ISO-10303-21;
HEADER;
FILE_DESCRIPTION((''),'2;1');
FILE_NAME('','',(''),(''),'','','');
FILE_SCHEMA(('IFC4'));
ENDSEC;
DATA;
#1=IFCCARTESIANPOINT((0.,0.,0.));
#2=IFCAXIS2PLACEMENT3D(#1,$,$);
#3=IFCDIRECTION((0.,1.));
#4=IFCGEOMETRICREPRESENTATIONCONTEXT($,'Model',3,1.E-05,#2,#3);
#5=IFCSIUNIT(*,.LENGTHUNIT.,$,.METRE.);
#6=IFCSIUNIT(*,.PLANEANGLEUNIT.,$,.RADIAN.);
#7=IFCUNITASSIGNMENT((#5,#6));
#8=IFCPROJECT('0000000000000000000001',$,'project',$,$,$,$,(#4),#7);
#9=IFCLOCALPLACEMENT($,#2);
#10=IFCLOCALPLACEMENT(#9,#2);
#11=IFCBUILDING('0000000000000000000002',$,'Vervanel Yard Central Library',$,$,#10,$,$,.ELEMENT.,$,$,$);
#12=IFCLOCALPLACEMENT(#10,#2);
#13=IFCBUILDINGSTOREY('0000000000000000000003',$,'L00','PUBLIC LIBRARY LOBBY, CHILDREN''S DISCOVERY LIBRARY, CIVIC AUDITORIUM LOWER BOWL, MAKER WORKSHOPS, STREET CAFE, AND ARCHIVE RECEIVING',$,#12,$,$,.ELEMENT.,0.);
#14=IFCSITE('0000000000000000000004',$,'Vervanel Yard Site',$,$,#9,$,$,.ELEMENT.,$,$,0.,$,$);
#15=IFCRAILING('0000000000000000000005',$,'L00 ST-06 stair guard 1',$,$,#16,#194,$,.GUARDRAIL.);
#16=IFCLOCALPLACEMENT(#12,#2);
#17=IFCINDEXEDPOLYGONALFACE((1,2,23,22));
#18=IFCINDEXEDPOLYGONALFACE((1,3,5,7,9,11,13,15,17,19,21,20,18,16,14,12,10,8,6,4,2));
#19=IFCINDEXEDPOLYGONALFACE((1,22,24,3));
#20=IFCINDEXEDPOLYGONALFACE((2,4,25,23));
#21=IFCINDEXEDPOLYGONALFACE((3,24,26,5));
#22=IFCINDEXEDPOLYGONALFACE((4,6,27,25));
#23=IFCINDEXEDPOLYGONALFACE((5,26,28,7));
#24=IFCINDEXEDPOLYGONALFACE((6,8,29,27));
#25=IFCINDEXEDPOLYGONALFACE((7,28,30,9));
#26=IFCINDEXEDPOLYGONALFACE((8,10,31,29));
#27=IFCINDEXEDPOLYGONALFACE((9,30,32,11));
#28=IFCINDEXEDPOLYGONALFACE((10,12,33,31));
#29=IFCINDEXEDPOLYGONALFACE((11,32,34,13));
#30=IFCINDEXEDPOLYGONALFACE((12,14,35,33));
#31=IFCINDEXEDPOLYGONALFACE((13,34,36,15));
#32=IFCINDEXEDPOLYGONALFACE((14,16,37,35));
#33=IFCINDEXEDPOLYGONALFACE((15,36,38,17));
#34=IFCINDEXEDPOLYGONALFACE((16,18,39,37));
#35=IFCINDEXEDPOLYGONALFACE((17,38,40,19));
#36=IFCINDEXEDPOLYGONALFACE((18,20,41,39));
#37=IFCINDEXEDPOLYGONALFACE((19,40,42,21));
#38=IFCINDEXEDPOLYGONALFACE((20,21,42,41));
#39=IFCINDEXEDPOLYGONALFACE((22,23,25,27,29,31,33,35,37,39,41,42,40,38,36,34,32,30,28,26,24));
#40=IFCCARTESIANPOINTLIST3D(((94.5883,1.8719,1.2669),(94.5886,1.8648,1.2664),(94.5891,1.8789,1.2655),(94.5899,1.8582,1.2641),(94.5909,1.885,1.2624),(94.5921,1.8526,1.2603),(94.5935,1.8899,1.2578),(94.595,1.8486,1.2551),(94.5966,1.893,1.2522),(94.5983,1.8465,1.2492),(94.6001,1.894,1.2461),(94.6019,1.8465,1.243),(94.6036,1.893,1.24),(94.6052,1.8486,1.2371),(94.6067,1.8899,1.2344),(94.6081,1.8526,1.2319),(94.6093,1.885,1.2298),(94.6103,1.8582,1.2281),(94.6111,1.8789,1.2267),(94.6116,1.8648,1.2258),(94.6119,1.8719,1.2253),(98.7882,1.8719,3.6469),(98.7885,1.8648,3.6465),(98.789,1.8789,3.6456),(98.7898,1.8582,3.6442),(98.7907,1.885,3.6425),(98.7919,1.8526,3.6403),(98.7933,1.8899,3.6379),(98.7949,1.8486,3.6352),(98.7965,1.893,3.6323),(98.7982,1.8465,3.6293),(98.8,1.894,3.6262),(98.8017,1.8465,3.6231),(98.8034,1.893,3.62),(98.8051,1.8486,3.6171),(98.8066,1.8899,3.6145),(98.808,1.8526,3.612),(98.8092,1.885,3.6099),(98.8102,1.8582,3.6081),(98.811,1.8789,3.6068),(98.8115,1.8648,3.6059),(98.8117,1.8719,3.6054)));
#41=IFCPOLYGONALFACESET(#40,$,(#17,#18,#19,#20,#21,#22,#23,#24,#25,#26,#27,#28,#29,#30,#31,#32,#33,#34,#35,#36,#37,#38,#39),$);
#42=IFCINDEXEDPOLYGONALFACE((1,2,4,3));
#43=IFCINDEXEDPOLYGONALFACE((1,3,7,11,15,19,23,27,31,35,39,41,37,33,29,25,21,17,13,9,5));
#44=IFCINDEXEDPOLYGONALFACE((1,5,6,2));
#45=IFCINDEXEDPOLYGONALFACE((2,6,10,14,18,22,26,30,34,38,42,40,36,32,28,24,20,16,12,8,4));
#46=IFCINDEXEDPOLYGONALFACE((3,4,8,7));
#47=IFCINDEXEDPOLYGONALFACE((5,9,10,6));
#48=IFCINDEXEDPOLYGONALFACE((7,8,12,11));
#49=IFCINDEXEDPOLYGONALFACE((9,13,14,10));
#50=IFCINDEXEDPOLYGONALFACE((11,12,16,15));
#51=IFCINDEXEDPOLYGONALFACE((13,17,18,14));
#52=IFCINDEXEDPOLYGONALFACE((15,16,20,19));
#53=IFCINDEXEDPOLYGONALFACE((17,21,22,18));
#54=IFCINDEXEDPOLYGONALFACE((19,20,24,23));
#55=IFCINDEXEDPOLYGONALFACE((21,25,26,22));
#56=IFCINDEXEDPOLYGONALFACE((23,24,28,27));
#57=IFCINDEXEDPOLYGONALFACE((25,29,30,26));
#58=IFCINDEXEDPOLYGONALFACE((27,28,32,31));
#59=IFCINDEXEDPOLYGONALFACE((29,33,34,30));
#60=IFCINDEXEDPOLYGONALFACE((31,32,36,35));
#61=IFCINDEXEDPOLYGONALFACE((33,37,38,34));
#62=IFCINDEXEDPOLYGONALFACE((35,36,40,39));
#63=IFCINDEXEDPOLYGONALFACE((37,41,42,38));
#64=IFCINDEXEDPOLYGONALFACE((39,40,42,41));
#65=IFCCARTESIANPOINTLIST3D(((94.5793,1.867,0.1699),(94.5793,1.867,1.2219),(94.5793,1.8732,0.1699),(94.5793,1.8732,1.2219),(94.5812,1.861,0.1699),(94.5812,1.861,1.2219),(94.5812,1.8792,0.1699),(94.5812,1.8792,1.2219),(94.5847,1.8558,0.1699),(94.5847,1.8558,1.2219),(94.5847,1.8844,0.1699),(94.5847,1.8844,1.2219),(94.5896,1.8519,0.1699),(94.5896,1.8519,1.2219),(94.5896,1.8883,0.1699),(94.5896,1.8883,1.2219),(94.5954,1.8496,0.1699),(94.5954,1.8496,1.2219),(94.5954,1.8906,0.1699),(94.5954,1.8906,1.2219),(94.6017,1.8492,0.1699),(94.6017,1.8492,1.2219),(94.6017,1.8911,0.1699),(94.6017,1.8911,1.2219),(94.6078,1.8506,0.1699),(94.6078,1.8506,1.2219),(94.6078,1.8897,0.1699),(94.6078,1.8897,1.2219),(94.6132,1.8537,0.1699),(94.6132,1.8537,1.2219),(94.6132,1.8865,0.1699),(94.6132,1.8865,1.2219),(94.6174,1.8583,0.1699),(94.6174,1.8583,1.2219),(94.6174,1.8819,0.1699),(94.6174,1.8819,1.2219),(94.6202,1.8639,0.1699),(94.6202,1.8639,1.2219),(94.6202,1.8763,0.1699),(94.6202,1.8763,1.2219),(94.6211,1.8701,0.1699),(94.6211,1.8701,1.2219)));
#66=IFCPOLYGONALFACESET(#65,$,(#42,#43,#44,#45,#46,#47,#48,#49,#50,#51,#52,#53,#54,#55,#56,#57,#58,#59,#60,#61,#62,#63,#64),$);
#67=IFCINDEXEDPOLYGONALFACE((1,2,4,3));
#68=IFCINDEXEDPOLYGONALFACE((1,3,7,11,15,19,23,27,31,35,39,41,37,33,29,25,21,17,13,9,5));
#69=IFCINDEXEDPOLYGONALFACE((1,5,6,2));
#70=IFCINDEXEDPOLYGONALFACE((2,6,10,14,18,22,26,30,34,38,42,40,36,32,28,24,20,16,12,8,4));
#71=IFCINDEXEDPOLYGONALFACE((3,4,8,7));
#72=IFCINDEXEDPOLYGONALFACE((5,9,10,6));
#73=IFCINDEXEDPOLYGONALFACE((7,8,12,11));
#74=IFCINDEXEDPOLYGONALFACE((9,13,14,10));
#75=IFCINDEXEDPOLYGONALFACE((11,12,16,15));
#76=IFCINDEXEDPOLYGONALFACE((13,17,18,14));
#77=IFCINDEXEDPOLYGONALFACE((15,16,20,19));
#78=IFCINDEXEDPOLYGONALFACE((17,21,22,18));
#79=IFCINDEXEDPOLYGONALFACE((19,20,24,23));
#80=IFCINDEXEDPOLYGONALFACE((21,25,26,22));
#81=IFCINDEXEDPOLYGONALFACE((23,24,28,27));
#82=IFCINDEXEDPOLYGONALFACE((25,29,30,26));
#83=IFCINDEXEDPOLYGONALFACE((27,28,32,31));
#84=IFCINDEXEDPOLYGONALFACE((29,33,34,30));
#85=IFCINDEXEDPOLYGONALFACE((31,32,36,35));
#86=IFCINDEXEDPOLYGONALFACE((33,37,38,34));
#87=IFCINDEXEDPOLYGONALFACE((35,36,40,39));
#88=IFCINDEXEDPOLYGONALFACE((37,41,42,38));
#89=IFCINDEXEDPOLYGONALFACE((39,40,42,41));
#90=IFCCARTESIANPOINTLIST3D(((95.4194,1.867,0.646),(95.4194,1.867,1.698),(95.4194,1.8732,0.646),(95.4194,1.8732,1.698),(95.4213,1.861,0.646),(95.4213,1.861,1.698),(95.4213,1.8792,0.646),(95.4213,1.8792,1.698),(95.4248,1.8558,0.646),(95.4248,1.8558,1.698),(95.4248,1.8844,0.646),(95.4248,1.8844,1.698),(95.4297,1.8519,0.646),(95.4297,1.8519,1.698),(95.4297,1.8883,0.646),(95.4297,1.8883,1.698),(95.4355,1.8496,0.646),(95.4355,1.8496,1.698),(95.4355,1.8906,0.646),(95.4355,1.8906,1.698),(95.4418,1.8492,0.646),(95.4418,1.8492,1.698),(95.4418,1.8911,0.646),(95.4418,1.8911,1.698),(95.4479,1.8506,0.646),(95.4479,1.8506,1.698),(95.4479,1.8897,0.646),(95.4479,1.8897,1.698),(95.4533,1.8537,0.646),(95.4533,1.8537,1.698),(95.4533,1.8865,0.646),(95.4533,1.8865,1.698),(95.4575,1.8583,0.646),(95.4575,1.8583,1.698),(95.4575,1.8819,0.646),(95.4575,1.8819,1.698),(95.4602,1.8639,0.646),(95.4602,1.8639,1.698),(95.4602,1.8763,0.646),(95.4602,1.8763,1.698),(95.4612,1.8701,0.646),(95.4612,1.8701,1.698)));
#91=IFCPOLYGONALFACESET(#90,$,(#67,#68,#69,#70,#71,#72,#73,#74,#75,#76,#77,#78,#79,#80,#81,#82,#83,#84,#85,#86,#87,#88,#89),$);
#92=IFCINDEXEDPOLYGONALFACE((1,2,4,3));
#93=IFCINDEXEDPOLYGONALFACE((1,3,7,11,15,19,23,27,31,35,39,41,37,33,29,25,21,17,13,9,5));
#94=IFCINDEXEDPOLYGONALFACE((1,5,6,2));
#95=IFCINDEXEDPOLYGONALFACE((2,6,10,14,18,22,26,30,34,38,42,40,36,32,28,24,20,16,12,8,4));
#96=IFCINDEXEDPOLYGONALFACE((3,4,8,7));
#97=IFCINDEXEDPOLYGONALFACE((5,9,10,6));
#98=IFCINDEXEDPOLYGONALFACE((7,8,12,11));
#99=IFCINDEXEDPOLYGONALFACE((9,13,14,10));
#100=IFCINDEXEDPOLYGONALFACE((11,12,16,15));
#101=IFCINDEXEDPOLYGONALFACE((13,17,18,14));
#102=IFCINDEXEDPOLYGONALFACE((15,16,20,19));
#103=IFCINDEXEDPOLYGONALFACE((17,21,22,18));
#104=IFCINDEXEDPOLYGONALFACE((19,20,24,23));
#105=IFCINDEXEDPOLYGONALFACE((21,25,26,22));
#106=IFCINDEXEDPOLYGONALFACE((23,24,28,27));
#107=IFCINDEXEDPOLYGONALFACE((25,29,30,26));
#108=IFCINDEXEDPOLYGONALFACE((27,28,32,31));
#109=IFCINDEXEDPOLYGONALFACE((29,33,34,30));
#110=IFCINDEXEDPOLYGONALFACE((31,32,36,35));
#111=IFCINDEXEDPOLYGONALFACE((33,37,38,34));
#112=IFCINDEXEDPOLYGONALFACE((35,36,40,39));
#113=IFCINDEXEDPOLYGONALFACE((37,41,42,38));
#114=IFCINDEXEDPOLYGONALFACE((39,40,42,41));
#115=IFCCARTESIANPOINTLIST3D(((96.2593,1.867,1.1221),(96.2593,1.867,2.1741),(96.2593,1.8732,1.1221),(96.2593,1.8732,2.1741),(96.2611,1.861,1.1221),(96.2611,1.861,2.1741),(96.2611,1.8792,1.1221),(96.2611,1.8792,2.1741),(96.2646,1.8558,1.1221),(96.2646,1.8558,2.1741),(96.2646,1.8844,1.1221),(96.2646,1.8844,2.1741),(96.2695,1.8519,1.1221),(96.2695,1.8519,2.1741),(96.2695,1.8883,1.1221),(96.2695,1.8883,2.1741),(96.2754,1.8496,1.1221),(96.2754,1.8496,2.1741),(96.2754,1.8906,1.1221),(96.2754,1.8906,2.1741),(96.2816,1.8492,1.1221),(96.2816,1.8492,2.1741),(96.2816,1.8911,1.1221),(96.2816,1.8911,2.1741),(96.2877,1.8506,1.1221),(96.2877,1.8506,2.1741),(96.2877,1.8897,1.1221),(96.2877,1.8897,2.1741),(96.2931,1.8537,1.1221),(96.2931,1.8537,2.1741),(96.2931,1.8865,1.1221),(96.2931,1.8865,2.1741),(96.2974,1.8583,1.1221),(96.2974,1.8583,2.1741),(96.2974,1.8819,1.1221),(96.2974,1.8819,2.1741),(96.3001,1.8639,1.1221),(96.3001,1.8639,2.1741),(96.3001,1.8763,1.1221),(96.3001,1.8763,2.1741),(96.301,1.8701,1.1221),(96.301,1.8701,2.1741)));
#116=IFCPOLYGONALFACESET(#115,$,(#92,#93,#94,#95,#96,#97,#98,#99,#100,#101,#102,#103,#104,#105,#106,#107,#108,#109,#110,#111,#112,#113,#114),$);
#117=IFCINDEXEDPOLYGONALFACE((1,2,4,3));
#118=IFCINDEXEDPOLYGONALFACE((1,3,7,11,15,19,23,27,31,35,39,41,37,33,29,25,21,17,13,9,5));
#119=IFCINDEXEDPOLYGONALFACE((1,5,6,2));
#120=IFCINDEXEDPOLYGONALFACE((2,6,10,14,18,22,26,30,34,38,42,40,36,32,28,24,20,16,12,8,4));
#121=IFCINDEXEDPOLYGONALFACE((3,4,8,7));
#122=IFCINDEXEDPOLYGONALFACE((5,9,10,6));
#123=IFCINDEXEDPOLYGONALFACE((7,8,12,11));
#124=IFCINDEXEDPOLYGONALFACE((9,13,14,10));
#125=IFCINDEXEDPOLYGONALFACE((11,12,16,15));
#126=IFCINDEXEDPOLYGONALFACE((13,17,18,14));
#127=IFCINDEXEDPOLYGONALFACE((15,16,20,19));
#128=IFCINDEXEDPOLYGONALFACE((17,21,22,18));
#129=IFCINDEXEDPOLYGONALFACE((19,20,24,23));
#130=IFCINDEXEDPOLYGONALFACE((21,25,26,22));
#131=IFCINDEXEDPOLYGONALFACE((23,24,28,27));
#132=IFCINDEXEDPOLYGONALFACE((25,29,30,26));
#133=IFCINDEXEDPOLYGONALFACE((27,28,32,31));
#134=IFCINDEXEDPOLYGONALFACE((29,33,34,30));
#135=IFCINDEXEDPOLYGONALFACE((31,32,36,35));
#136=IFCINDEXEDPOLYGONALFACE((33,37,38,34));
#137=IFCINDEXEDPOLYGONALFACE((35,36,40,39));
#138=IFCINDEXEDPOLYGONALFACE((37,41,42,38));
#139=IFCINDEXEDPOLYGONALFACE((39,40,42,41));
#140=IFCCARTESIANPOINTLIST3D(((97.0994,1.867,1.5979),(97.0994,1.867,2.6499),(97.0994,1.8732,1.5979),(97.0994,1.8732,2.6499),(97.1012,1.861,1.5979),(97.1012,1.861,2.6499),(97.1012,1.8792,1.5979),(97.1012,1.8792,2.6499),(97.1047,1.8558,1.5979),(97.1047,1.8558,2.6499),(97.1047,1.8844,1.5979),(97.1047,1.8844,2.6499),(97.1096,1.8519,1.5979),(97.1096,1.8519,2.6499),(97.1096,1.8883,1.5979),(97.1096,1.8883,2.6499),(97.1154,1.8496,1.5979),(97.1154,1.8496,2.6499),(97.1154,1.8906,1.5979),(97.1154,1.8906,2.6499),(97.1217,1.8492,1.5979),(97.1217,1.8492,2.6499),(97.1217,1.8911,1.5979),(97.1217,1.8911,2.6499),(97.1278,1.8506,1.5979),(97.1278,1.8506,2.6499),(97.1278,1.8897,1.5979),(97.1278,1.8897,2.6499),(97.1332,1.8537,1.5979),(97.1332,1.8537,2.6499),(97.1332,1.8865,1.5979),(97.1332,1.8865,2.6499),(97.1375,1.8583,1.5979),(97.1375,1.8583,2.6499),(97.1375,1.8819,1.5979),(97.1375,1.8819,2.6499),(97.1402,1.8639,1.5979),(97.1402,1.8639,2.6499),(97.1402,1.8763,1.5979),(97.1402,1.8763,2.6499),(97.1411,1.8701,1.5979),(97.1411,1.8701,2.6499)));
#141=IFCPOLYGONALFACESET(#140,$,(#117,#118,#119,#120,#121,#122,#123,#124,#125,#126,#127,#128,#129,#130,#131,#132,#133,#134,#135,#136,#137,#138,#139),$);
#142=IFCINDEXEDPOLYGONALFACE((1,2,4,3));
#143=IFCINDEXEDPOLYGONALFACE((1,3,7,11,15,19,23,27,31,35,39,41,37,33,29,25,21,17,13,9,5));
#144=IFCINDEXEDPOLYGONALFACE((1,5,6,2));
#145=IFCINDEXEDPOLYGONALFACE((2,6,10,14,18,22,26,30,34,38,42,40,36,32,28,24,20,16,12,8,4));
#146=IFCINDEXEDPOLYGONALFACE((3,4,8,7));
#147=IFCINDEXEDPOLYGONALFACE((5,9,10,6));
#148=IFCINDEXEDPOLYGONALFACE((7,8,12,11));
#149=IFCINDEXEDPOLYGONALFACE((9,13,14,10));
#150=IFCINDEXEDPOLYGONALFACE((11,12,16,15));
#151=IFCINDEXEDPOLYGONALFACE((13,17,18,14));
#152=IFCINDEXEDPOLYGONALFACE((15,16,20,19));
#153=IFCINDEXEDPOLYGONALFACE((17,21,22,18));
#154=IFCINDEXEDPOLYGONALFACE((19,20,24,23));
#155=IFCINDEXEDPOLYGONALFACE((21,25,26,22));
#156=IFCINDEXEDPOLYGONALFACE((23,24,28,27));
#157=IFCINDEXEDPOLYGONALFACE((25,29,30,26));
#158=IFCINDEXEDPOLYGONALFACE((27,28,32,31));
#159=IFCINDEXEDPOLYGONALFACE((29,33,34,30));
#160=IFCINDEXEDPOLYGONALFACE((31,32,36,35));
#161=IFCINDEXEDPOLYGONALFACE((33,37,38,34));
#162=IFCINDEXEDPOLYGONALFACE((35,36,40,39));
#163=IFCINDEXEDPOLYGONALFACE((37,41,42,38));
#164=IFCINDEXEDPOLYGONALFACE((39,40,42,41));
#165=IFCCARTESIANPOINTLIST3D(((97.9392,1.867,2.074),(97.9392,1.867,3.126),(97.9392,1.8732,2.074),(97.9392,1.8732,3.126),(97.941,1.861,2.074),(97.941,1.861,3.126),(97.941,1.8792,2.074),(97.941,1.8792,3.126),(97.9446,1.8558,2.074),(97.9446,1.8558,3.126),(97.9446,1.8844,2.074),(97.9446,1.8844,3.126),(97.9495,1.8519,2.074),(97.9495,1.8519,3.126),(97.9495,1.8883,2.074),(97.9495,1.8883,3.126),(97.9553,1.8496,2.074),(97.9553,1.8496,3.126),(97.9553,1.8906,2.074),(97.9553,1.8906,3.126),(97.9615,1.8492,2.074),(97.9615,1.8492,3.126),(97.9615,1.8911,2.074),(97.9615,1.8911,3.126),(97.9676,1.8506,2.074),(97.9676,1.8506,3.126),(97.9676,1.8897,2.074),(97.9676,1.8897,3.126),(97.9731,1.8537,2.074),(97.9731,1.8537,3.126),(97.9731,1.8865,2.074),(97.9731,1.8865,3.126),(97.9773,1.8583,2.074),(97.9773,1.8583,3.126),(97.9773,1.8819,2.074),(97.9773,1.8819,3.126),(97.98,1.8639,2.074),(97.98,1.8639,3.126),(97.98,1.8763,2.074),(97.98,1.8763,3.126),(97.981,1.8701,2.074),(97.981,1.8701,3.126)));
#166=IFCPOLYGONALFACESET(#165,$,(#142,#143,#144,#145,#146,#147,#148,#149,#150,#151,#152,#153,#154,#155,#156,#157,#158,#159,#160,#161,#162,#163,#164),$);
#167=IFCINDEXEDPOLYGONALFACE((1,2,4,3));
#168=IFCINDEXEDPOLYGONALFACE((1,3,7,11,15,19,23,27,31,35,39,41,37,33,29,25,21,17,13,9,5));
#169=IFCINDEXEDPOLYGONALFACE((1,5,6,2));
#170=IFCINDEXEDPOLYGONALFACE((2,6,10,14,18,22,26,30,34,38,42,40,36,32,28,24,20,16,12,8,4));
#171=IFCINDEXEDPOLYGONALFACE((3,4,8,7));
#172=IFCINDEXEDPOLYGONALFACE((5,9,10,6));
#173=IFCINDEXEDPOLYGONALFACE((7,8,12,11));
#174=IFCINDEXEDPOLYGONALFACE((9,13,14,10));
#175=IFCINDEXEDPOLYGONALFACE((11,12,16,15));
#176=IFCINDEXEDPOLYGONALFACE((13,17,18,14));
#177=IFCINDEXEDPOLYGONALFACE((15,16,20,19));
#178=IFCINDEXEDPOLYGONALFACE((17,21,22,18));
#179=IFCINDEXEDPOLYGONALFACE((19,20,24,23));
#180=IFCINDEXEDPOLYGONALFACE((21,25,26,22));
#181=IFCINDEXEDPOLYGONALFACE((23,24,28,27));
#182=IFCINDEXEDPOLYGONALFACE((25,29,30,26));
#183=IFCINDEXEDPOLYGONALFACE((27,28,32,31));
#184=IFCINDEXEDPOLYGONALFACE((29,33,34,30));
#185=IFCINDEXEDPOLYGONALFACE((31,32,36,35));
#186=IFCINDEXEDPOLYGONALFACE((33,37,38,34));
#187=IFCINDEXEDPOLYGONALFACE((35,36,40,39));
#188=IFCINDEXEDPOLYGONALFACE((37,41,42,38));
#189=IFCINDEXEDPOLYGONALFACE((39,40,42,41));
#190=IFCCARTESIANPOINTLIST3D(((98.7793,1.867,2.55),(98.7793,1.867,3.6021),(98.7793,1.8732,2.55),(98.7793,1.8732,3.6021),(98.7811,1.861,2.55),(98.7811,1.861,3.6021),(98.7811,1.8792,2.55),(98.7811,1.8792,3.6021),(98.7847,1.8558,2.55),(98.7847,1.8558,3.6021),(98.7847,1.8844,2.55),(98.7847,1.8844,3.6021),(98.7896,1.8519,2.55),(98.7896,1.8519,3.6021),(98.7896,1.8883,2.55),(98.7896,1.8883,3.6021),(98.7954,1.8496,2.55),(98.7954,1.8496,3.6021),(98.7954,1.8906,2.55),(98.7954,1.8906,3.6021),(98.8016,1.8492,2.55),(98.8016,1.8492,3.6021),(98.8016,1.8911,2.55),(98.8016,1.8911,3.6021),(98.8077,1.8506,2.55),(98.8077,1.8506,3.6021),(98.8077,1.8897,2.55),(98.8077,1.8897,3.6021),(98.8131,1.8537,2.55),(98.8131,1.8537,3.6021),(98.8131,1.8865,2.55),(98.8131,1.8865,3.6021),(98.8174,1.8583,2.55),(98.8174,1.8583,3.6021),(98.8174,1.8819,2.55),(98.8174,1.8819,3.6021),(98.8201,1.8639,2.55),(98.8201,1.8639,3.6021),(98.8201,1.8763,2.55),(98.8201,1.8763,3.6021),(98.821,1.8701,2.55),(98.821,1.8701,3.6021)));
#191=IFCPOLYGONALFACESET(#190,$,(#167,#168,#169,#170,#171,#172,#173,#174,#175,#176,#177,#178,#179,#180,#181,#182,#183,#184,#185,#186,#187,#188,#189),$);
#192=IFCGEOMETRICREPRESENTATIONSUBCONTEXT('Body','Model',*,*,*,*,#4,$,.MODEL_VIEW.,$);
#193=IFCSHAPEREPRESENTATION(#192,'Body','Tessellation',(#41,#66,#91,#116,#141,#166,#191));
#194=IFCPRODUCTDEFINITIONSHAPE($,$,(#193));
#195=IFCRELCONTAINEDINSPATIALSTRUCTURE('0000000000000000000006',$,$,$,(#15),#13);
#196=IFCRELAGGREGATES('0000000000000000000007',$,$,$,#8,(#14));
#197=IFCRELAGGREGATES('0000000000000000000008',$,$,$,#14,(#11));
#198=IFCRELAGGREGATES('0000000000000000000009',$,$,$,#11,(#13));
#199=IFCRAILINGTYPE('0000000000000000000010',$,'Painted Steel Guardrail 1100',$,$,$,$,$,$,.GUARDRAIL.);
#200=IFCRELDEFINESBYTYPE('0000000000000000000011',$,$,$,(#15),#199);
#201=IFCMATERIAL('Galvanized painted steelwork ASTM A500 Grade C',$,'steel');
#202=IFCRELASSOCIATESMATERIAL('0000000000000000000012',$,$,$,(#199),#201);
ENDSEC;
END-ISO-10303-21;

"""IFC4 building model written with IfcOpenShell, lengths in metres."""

from ifc_helpers import new_model, si_unit, direction, frame, origin, origin_2d, place, context, subcontext, project, spatial, circle, extrude, material, type_object, element, save


model = new_model("IFC4")

# Units and contexts
model_context = context("Model", 3, precision=1e-05, world=origin(), true_north=direction((0.0, 1.0)))
body_context = subcontext(model_context, "Body", "Model", "MODEL_VIEW")
ifc_project = project(units=[si_unit("LENGTHUNIT", "METRE"), si_unit("PLANEANGLEUNIT", "RADIAN")], contexts=[model_context])

# Site, building, storey
site_placement = place(None, origin())
site = spatial("IfcSite", under=ifc_project, at=site_placement, Name="Vervanel Yard Site", CompositionType="ELEMENT", RefElevation=0.0)
building_placement = place(site_placement, origin())
building = spatial("IfcBuilding", under=site, at=building_placement, Name="Vervanel Yard Central Library", CompositionType="ELEMENT")
storey_placement = place(building_placement, origin())
storey = spatial("IfcBuildingStorey", under=building, at=storey_placement, Name="L00", Description="PUBLIC LIBRARY LOBBY, CHILDREN'S DISCOVERY LIBRARY, CIVIC AUDITORIUM LOWER BOWL, MAKER WORKSHOPS, STREET CAFE, AND ARCHIVE RECEIVING", CompositionType="ELEMENT", Elevation=0.0)

# Shared definitions
ifc_material_1 = material(Name="Galvanized painted steelwork ASTM A500 Grade C", Category="steel")

# Railing
railing_type_1 = type_object("IfcRailingType", Name="Painted Steel Guardrail 1100", PredefinedType="GUARDRAIL", material=ifc_material_1)
railing_1_placement = place(storey_placement, frame((94.6001, 1.8701, 0.1699)))
element("IfcRailing", 1, at=railing_1_placement, inside=storey, type_object=railing_type_1, Name="L00 ST-06 stair guard 1", PredefinedType="GUARDRAIL", context=body_context, shape_type="SweptSolid", body=[
    extrude(circle(Radius=0.0239, at=origin_2d()), frame((0.0, 0.0, 1.0762), z_axis=(0.870008, 0.0, 0.493037), x_axis=(0.0, 1.0, 0.0)), (0.0, 0.0, 1.0), 4.8274),
    extrude(circle(Radius=0.021, at=origin_2d()), origin(), (0.0, 0.0, 1.0), 1.052),
    extrude(circle(Radius=0.021, at=origin_2d()), frame((0.8401, 0.0, 0.4761)), (0.0, 0.0, 1.0), 1.052),
    extrude(circle(Radius=0.021, at=origin_2d()), frame((1.6799, 0.0, 0.9521)), (0.0, 0.0, 1.0), 1.052),
    extrude(circle(Radius=0.021, at=origin_2d()), frame((2.52, 0.0, 1.428)), (0.0, 0.0, 1.0), 1.052),
    extrude(circle(Radius=0.021, at=origin_2d()), frame((3.3599, 0.0, 1.9041)), (0.0, 0.0, 1.0), 1.052),
    extrude(circle(Radius=0.021, at=origin_2d()), frame((4.2, 0.0, 2.3801)), (0.0, 0.0, 1.0), 1.052),
])

save(model, "model.ifc")
